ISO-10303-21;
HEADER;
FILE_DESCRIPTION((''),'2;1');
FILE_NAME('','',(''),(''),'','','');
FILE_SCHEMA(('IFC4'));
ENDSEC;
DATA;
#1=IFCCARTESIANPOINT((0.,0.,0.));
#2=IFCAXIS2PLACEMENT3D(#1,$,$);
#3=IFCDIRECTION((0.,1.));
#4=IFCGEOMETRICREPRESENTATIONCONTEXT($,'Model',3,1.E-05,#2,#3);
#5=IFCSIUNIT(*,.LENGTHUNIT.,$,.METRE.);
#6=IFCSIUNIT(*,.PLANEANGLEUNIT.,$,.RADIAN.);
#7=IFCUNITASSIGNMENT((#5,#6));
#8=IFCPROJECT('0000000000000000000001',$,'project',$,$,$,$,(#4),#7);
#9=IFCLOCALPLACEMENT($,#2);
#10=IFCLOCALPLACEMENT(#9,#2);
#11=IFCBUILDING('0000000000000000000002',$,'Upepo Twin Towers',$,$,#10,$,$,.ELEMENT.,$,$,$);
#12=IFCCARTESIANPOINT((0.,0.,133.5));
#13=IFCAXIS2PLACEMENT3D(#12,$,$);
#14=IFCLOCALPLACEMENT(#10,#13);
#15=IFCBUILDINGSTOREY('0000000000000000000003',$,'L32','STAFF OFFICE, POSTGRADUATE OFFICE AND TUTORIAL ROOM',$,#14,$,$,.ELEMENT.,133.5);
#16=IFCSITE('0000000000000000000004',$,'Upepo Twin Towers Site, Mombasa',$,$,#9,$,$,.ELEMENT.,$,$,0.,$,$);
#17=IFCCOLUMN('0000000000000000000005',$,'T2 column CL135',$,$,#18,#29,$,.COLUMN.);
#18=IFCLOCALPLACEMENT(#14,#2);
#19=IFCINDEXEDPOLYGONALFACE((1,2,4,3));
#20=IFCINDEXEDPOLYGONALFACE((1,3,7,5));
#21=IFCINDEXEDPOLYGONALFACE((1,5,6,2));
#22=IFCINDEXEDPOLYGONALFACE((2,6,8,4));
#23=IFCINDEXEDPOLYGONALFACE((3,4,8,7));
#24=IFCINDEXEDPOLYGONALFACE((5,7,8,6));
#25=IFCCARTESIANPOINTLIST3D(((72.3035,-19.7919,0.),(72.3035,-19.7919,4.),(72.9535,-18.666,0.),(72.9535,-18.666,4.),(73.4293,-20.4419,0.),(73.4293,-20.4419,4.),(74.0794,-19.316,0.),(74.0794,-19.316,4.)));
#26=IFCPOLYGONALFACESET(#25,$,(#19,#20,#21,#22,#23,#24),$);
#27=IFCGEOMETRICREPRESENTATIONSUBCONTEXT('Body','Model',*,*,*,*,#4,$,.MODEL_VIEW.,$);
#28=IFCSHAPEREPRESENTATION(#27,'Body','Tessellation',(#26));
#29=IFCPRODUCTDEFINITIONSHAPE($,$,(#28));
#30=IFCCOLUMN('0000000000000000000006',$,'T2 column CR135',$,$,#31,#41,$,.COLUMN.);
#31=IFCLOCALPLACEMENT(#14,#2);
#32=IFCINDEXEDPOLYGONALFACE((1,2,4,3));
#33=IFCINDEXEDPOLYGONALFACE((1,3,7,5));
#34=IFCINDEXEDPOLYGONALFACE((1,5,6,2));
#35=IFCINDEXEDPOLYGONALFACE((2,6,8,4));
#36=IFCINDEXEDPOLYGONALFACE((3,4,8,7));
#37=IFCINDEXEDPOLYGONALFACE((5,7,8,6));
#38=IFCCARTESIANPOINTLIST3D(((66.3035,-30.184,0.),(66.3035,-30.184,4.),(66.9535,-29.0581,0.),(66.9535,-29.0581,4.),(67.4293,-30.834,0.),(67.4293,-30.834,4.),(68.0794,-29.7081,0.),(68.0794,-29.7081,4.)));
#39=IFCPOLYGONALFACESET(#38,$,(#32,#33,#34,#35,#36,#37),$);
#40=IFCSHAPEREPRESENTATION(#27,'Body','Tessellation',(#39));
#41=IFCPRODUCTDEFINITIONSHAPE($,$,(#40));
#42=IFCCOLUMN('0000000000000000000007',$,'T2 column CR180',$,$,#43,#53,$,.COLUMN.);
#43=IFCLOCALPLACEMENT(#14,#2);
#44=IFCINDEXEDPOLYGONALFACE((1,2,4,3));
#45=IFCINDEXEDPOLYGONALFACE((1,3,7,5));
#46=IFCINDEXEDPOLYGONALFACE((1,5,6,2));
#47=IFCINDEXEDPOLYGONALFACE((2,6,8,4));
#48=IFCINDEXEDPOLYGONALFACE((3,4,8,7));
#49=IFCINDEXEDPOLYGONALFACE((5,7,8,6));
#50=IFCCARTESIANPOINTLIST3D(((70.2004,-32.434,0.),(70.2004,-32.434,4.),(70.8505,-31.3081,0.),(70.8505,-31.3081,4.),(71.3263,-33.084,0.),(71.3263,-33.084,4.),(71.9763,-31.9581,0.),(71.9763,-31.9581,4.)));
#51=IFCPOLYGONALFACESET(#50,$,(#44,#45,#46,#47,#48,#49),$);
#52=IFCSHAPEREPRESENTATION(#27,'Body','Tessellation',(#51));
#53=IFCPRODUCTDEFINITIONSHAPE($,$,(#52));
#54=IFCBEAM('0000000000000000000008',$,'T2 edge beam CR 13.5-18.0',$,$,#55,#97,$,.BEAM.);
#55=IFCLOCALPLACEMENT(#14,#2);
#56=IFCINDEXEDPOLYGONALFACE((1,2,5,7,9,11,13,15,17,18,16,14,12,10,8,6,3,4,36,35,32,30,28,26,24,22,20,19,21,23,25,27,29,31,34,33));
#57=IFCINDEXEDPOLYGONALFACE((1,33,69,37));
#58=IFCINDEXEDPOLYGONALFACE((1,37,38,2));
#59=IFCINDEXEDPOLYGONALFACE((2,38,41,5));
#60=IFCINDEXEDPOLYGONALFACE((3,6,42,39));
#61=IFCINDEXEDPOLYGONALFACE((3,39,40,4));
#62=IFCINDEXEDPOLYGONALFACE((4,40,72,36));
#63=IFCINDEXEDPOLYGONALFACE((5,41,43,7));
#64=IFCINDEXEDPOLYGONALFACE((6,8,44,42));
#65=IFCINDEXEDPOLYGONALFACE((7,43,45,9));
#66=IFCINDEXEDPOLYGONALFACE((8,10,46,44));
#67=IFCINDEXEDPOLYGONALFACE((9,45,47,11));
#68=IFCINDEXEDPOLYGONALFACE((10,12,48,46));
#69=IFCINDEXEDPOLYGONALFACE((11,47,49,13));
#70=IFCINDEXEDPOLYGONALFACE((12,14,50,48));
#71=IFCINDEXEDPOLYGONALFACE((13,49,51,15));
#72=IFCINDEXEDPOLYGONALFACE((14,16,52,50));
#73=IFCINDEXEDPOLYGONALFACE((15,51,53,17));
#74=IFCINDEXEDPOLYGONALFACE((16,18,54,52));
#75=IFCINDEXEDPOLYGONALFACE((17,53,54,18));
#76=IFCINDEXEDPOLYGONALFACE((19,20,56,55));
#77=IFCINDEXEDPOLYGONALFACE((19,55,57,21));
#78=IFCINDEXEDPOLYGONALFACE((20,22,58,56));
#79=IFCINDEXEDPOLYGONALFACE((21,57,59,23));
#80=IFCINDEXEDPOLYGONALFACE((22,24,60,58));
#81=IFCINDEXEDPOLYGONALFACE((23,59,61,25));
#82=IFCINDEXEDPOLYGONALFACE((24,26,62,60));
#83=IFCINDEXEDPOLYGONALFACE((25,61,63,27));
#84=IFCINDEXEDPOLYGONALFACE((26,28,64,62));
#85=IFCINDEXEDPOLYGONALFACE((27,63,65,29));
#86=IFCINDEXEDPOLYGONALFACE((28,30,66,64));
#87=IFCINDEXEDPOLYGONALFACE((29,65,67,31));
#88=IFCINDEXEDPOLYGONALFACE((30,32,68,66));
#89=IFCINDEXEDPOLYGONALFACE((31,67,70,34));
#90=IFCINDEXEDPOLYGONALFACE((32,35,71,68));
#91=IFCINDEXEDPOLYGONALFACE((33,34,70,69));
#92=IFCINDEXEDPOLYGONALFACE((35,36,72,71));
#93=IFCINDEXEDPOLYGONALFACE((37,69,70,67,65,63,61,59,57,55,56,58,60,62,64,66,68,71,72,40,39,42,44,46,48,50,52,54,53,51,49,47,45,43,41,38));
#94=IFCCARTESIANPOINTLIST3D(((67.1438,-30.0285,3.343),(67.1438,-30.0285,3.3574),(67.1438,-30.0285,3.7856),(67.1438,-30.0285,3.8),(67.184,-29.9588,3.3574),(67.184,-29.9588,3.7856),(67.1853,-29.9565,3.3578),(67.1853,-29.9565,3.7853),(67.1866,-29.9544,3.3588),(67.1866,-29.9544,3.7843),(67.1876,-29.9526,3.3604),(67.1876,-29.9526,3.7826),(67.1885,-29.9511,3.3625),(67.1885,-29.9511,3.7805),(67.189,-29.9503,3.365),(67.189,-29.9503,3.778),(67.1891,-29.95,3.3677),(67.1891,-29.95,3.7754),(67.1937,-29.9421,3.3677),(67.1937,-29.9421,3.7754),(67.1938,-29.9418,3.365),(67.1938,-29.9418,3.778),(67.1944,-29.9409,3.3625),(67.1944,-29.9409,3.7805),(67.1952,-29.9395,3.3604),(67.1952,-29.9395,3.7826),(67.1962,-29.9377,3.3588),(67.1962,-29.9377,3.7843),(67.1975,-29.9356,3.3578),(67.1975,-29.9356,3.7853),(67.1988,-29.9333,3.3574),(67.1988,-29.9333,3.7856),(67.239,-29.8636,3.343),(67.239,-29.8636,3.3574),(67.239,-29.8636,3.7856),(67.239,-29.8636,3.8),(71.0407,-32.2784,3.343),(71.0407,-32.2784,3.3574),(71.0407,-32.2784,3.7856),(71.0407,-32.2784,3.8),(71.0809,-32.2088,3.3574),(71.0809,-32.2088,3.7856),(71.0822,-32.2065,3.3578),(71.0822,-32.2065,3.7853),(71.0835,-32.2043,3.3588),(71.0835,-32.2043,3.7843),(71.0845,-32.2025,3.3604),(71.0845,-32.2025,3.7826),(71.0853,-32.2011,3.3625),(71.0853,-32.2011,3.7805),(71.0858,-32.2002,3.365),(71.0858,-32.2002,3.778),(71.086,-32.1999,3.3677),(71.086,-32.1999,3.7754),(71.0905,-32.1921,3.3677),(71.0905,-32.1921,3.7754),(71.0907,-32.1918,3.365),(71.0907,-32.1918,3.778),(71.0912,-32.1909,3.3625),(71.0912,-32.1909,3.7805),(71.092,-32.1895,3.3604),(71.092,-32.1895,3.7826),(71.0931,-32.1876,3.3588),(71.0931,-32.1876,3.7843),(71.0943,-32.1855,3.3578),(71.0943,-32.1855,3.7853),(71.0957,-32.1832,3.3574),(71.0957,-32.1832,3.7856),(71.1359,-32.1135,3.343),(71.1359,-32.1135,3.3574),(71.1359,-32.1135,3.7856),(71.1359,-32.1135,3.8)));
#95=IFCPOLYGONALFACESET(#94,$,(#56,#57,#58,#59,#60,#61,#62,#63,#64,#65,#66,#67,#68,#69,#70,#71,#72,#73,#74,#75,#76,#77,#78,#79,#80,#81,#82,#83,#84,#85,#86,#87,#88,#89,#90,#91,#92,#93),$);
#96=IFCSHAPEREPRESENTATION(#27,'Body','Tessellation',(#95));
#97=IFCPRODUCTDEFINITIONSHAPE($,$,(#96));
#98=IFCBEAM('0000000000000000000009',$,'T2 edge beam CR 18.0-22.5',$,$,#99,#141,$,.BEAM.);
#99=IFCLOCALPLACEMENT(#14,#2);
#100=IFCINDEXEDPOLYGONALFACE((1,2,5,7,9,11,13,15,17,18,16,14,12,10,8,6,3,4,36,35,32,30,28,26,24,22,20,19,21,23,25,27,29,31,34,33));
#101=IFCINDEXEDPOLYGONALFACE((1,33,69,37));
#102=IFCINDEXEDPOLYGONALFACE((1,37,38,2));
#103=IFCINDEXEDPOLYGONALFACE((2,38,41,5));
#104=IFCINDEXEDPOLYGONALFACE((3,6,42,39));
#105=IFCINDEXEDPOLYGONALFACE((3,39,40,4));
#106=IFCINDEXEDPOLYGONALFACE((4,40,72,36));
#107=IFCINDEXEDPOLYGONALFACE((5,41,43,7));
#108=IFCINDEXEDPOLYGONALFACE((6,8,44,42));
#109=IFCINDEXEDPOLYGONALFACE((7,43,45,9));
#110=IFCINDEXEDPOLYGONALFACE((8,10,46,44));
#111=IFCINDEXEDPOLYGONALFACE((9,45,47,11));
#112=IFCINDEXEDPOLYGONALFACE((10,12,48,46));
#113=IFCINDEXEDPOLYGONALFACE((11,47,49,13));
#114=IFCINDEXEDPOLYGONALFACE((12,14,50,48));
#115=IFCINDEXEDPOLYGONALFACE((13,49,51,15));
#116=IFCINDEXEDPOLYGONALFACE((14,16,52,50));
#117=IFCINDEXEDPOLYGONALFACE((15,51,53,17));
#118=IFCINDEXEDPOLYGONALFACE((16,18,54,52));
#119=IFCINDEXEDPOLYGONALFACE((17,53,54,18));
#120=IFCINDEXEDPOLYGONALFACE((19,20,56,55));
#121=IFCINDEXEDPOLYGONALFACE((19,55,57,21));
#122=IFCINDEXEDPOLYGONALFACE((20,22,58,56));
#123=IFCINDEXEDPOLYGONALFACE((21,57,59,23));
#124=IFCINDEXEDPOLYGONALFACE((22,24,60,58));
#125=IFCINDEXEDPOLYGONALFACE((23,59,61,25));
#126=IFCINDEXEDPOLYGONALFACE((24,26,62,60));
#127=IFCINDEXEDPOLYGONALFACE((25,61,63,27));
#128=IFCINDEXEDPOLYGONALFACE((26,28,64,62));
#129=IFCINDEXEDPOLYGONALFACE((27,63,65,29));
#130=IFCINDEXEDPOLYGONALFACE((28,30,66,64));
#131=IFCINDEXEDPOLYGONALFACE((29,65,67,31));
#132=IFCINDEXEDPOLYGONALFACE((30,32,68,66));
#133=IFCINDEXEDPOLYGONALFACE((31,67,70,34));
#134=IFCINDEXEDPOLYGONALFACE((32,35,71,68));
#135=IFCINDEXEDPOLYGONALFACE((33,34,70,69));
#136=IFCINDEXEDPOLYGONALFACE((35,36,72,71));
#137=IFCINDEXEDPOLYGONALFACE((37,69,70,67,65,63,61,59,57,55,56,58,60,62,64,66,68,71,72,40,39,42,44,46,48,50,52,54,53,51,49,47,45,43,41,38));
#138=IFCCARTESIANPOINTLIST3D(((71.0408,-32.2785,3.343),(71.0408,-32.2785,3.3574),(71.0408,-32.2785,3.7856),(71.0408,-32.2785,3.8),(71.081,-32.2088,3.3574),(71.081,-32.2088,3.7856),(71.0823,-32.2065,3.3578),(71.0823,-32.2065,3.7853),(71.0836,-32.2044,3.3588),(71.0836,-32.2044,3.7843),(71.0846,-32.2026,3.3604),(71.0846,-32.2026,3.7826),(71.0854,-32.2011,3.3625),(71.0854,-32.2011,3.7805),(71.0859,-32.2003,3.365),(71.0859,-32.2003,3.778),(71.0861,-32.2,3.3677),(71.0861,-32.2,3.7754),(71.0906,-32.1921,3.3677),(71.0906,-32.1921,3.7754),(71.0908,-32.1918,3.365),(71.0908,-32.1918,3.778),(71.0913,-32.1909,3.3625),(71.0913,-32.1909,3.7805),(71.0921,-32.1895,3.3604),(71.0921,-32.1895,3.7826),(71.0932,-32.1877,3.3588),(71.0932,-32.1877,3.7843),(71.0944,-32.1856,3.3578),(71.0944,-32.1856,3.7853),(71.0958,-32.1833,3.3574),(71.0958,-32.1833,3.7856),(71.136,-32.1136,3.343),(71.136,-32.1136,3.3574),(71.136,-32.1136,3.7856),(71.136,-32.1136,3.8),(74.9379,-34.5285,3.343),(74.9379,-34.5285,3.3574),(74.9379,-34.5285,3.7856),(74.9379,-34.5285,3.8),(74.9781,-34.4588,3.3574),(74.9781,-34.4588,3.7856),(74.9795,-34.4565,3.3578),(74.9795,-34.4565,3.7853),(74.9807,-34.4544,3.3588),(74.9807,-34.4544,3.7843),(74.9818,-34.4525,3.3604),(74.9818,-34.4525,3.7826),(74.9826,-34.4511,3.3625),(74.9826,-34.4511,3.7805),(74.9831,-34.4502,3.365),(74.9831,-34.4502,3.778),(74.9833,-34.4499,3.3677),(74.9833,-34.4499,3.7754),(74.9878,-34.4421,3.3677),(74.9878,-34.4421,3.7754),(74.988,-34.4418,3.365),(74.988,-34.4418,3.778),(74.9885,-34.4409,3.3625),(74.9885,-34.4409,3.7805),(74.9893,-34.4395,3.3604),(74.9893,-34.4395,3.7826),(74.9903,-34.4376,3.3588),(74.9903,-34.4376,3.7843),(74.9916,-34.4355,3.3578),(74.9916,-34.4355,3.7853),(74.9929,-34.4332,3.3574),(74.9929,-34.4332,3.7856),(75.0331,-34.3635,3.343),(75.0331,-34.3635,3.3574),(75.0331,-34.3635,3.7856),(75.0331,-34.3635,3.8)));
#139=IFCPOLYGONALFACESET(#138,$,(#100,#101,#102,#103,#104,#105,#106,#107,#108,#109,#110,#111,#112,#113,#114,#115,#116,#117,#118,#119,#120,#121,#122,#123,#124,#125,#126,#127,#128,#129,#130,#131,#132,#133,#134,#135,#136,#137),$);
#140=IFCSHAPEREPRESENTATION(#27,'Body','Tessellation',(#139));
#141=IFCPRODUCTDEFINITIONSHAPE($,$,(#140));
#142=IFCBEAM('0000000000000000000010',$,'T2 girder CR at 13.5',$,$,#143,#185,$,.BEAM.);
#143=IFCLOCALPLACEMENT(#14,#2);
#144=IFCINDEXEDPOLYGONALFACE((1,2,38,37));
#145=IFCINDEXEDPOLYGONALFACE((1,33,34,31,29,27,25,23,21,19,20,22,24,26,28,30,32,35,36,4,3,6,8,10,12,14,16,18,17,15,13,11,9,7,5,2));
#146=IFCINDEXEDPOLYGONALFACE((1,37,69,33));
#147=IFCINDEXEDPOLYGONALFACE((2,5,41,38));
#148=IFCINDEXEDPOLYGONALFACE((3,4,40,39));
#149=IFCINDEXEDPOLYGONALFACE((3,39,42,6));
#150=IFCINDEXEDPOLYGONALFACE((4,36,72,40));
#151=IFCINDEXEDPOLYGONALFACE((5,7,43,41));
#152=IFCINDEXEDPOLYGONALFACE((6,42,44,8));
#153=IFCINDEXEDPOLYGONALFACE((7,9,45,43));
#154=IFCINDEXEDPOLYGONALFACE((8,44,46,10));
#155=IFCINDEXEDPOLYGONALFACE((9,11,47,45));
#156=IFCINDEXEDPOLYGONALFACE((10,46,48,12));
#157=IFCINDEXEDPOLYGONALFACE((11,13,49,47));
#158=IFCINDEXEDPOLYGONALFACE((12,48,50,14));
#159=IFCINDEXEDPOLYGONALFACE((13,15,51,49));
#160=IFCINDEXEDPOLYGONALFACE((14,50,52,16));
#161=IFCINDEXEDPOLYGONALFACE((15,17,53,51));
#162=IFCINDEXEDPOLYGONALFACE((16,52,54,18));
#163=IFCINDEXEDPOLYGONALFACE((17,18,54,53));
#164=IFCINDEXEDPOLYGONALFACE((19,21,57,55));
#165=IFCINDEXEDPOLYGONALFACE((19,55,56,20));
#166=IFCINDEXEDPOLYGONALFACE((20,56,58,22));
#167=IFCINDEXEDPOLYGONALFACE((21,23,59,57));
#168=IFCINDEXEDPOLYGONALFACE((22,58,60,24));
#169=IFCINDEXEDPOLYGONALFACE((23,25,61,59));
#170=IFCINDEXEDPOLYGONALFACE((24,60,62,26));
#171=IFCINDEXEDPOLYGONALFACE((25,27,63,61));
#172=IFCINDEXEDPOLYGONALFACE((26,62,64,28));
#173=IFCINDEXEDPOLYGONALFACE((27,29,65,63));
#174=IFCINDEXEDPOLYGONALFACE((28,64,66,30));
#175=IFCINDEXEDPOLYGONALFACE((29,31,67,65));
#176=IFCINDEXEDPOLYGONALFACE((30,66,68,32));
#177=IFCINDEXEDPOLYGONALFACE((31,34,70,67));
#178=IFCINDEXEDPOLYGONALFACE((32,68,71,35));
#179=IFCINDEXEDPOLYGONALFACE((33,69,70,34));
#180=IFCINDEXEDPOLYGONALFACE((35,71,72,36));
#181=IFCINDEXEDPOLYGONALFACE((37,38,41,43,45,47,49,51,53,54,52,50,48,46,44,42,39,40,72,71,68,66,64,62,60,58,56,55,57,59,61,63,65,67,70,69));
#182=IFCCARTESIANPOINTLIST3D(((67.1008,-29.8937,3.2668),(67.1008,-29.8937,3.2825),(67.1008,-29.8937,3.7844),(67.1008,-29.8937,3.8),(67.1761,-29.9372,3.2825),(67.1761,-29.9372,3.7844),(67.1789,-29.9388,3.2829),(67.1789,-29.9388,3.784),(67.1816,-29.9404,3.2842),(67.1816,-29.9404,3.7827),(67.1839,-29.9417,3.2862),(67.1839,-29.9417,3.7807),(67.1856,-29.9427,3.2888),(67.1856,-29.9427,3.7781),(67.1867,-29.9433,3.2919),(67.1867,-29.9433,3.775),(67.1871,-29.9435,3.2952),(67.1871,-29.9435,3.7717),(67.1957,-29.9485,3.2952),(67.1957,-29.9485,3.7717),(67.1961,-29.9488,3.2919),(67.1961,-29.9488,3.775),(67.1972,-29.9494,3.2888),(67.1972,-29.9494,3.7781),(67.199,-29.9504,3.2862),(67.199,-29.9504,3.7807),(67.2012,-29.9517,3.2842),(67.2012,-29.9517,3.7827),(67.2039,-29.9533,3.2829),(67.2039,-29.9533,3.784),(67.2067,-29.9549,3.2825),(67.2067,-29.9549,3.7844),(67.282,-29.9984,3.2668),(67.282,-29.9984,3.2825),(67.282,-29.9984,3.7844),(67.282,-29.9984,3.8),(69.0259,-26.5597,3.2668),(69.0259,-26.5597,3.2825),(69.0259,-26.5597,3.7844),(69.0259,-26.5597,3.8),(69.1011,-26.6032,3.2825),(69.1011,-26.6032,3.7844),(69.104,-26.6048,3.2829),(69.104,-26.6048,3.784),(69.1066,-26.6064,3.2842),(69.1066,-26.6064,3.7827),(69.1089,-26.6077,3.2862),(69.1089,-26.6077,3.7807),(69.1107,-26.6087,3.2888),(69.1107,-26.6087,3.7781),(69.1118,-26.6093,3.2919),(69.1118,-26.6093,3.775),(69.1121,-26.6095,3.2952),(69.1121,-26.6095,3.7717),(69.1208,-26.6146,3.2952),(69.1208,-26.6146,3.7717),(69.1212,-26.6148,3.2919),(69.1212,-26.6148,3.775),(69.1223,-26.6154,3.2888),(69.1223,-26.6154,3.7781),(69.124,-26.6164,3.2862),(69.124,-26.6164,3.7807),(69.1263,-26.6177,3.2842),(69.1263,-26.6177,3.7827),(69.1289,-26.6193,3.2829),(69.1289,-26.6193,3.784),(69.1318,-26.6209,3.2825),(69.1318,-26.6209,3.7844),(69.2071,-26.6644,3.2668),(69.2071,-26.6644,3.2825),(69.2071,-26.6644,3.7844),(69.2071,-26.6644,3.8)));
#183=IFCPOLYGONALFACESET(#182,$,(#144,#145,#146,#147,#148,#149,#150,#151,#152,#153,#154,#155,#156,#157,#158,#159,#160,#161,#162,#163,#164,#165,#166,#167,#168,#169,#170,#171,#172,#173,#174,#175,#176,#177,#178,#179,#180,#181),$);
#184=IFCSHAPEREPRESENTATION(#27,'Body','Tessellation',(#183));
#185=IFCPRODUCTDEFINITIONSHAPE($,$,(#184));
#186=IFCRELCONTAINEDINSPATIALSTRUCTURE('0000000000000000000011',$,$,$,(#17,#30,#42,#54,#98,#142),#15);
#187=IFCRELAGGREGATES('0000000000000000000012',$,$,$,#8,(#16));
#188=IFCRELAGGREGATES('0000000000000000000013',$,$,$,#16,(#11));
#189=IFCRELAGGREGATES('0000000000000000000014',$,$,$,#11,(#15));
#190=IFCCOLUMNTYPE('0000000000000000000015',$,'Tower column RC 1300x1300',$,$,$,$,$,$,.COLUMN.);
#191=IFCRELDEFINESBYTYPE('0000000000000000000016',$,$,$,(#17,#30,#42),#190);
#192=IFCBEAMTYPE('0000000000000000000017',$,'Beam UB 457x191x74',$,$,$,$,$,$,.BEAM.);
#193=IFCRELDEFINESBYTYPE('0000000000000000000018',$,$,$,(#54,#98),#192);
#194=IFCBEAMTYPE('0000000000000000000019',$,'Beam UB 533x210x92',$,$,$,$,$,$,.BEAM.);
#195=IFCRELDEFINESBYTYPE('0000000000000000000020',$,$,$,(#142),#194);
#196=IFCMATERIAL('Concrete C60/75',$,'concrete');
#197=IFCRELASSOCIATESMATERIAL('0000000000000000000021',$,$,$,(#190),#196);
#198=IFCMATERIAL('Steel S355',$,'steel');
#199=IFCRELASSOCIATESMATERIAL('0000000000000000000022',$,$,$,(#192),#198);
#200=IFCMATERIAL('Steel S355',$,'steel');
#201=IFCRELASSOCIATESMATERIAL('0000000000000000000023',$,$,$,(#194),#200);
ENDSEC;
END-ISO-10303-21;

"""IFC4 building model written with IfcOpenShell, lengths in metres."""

from ifc_helpers import new_model, si_unit, direction, frame, origin, origin_2d, place, context, subcontext, project, spatial, rectangle, i_section, extrude, material, material_profile, profile_set, type_object, element, save


model = new_model("IFC4")

# Units and contexts
model_context = context("Model", 3, precision=1e-05, world=origin(), true_north=direction((0.0, 1.0)))
body_context = subcontext(model_context, "Body", "Model", "MODEL_VIEW")
ifc_project = project(units=[si_unit("LENGTHUNIT", "METRE"), si_unit("PLANEANGLEUNIT", "RADIAN")], contexts=[model_context])

# Site, building, storey
site_placement = place(None, origin())
site = spatial("IfcSite", under=ifc_project, at=site_placement, Name="Upepo Twin Towers Site, Mombasa", CompositionType="ELEMENT", RefElevation=0.0)
building_placement = place(site_placement, origin())
building = spatial("IfcBuilding", under=site, at=building_placement, Name="Upepo Twin Towers", CompositionType="ELEMENT")
storey_placement = place(building_placement, frame((0.0, 0.0, 133.5)))
storey = spatial("IfcBuildingStorey", under=building, at=storey_placement, Name="L32", Description="STAFF OFFICE, POSTGRADUATE OFFICE AND TUTORIAL ROOM", CompositionType="ELEMENT", Elevation=133.5)

# Columns
ifc_material_1 = material(Name="Concrete C60/75", Category="concrete")
ifc_material_profile_1 = material_profile(ifc_material_1, rectangle(XDim=1.3, YDim=1.3, at=origin_2d()), Name="RC 1300x1300")
ifc_profile_set_1 = profile_set([ifc_material_profile_1], Name="Concrete C60/75")
column_type = type_object("IfcColumnType", Name="Tower column RC 1300x1300", PredefinedType="COLUMN", material=ifc_profile_set_1)
for number, where, z_axis, x_axis, name in (
    (1, (73.1914, -19.554, 0.0), (0.0, 0.0, 1.0), (0.5, 0.866025, 0.0), "T2 column CL135"),
    (2, (67.1914, -29.946, 0.0), (0.0, 0.0, 1.0), (0.5, 0.866025, 0.0), "T2 column CR135"),
    (3, (71.0884, -32.196, 0.0), (0.0, 0.0, 1.0), (0.5, 0.866025, 0.0), "T2 column CR180"),
):
    element("IfcColumn", number, at=place(storey_placement, frame(where, z_axis=z_axis, x_axis=x_axis)), inside=storey, type_object=column_type, Name=name, PredefinedType="COLUMN", context=body_context, shape_type="SweptSolid", body=[
        extrude(rectangle(XDim=1.3, YDim=1.3, at=origin_2d()), origin(), (0.0, 0.0, 1.0), 4.0),
    ])

# Beams
ifc_material_2 = material(Name="Steel S355", Category="steel")
ifc_material_profile_2 = material_profile(ifc_material_2, i_section(OverallWidth=0.1904, OverallDepth=0.457, WebThickness=0.009, FlangeThickness=0.0144, FilletRadius=0.0103, at=origin_2d()), Name="UB 457x191x74")
ifc_profile_set_2 = profile_set([ifc_material_profile_2], Name="Steel S355")
beam_type_1 = type_object("IfcBeamType", Name="Beam UB 457x191x74", PredefinedType="BEAM", material=ifc_profile_set_2)
beam_1_placement = place(storey_placement, frame((67.1914, -29.946, 3.5715), z_axis=(0.866018, -0.500014, 0.0), x_axis=(0.500014, 0.866018, 0.0)))
element("IfcBeam", 4, at=beam_1_placement, inside=storey, type_object=beam_type_1, Name="T2 edge beam CR 13.5-18.0", PredefinedType="BEAM", context=body_context, shape_type="SweptSolid", body=[
    extrude(i_section(OverallWidth=0.1904, OverallDepth=0.457, WebThickness=0.009, FlangeThickness=0.0144, FilletRadius=0.0103, at=origin_2d()), origin(), (0.0, 0.0, 1.0), 4.4998),
])
beam_2_placement = place(storey_placement, frame((71.0884, -32.196, 3.5715), z_axis=(0.866031, -0.49999, 0.0), x_axis=(0.49999, 0.866031, 0.0)))
element("IfcBeam", 5, at=beam_2_placement, inside=storey, type_object=beam_type_1, Name="T2 edge beam CR 18.0-22.5", PredefinedType="BEAM", context=body_context, shape_type="SweptSolid", body=[
    extrude(i_section(OverallWidth=0.1904, OverallDepth=0.457, WebThickness=0.009, FlangeThickness=0.0144, FilletRadius=0.0103, at=origin_2d()), origin(), (0.0, 0.0, 1.0), 4.5),
])
ifc_material_3 = material(Name="Steel S355", Category="steel")
ifc_material_profile_3 = material_profile(ifc_material_3, i_section(OverallWidth=0.2092, OverallDepth=0.5332, WebThickness=0.01, FlangeThickness=0.0156, FilletRadius=0.0127, at=origin_2d()), Name="UB 533x210x92")
ifc_profile_set_3 = profile_set([ifc_material_profile_3], Name="Steel S355")
beam_type_2 = type_object("IfcBeamType", Name="Beam UB 533x210x92", PredefinedType="BEAM", material=ifc_profile_set_3)
for number, where, z_axis, x_axis, name in (
    (6, (67.1914, -29.946, 3.5334), (0.500034, 0.866006, 0.0), (-0.866006, 0.500034, 0.0), "T2 girder CR at 13.5"),
):
    element("IfcBeam", number, at=place(storey_placement, frame(where, z_axis=z_axis, x_axis=x_axis)), inside=storey, type_object=beam_type_2, Name=name, PredefinedType="BEAM", context=body_context, shape_type="SweptSolid", body=[
        extrude(i_section(OverallWidth=0.2092, OverallDepth=0.5332, WebThickness=0.01, FlangeThickness=0.0156, FilletRadius=0.0127, at=origin_2d()), origin(), (0.0, 0.0, 1.0), 3.8499),
    ])

save(model, "model.ifc")
